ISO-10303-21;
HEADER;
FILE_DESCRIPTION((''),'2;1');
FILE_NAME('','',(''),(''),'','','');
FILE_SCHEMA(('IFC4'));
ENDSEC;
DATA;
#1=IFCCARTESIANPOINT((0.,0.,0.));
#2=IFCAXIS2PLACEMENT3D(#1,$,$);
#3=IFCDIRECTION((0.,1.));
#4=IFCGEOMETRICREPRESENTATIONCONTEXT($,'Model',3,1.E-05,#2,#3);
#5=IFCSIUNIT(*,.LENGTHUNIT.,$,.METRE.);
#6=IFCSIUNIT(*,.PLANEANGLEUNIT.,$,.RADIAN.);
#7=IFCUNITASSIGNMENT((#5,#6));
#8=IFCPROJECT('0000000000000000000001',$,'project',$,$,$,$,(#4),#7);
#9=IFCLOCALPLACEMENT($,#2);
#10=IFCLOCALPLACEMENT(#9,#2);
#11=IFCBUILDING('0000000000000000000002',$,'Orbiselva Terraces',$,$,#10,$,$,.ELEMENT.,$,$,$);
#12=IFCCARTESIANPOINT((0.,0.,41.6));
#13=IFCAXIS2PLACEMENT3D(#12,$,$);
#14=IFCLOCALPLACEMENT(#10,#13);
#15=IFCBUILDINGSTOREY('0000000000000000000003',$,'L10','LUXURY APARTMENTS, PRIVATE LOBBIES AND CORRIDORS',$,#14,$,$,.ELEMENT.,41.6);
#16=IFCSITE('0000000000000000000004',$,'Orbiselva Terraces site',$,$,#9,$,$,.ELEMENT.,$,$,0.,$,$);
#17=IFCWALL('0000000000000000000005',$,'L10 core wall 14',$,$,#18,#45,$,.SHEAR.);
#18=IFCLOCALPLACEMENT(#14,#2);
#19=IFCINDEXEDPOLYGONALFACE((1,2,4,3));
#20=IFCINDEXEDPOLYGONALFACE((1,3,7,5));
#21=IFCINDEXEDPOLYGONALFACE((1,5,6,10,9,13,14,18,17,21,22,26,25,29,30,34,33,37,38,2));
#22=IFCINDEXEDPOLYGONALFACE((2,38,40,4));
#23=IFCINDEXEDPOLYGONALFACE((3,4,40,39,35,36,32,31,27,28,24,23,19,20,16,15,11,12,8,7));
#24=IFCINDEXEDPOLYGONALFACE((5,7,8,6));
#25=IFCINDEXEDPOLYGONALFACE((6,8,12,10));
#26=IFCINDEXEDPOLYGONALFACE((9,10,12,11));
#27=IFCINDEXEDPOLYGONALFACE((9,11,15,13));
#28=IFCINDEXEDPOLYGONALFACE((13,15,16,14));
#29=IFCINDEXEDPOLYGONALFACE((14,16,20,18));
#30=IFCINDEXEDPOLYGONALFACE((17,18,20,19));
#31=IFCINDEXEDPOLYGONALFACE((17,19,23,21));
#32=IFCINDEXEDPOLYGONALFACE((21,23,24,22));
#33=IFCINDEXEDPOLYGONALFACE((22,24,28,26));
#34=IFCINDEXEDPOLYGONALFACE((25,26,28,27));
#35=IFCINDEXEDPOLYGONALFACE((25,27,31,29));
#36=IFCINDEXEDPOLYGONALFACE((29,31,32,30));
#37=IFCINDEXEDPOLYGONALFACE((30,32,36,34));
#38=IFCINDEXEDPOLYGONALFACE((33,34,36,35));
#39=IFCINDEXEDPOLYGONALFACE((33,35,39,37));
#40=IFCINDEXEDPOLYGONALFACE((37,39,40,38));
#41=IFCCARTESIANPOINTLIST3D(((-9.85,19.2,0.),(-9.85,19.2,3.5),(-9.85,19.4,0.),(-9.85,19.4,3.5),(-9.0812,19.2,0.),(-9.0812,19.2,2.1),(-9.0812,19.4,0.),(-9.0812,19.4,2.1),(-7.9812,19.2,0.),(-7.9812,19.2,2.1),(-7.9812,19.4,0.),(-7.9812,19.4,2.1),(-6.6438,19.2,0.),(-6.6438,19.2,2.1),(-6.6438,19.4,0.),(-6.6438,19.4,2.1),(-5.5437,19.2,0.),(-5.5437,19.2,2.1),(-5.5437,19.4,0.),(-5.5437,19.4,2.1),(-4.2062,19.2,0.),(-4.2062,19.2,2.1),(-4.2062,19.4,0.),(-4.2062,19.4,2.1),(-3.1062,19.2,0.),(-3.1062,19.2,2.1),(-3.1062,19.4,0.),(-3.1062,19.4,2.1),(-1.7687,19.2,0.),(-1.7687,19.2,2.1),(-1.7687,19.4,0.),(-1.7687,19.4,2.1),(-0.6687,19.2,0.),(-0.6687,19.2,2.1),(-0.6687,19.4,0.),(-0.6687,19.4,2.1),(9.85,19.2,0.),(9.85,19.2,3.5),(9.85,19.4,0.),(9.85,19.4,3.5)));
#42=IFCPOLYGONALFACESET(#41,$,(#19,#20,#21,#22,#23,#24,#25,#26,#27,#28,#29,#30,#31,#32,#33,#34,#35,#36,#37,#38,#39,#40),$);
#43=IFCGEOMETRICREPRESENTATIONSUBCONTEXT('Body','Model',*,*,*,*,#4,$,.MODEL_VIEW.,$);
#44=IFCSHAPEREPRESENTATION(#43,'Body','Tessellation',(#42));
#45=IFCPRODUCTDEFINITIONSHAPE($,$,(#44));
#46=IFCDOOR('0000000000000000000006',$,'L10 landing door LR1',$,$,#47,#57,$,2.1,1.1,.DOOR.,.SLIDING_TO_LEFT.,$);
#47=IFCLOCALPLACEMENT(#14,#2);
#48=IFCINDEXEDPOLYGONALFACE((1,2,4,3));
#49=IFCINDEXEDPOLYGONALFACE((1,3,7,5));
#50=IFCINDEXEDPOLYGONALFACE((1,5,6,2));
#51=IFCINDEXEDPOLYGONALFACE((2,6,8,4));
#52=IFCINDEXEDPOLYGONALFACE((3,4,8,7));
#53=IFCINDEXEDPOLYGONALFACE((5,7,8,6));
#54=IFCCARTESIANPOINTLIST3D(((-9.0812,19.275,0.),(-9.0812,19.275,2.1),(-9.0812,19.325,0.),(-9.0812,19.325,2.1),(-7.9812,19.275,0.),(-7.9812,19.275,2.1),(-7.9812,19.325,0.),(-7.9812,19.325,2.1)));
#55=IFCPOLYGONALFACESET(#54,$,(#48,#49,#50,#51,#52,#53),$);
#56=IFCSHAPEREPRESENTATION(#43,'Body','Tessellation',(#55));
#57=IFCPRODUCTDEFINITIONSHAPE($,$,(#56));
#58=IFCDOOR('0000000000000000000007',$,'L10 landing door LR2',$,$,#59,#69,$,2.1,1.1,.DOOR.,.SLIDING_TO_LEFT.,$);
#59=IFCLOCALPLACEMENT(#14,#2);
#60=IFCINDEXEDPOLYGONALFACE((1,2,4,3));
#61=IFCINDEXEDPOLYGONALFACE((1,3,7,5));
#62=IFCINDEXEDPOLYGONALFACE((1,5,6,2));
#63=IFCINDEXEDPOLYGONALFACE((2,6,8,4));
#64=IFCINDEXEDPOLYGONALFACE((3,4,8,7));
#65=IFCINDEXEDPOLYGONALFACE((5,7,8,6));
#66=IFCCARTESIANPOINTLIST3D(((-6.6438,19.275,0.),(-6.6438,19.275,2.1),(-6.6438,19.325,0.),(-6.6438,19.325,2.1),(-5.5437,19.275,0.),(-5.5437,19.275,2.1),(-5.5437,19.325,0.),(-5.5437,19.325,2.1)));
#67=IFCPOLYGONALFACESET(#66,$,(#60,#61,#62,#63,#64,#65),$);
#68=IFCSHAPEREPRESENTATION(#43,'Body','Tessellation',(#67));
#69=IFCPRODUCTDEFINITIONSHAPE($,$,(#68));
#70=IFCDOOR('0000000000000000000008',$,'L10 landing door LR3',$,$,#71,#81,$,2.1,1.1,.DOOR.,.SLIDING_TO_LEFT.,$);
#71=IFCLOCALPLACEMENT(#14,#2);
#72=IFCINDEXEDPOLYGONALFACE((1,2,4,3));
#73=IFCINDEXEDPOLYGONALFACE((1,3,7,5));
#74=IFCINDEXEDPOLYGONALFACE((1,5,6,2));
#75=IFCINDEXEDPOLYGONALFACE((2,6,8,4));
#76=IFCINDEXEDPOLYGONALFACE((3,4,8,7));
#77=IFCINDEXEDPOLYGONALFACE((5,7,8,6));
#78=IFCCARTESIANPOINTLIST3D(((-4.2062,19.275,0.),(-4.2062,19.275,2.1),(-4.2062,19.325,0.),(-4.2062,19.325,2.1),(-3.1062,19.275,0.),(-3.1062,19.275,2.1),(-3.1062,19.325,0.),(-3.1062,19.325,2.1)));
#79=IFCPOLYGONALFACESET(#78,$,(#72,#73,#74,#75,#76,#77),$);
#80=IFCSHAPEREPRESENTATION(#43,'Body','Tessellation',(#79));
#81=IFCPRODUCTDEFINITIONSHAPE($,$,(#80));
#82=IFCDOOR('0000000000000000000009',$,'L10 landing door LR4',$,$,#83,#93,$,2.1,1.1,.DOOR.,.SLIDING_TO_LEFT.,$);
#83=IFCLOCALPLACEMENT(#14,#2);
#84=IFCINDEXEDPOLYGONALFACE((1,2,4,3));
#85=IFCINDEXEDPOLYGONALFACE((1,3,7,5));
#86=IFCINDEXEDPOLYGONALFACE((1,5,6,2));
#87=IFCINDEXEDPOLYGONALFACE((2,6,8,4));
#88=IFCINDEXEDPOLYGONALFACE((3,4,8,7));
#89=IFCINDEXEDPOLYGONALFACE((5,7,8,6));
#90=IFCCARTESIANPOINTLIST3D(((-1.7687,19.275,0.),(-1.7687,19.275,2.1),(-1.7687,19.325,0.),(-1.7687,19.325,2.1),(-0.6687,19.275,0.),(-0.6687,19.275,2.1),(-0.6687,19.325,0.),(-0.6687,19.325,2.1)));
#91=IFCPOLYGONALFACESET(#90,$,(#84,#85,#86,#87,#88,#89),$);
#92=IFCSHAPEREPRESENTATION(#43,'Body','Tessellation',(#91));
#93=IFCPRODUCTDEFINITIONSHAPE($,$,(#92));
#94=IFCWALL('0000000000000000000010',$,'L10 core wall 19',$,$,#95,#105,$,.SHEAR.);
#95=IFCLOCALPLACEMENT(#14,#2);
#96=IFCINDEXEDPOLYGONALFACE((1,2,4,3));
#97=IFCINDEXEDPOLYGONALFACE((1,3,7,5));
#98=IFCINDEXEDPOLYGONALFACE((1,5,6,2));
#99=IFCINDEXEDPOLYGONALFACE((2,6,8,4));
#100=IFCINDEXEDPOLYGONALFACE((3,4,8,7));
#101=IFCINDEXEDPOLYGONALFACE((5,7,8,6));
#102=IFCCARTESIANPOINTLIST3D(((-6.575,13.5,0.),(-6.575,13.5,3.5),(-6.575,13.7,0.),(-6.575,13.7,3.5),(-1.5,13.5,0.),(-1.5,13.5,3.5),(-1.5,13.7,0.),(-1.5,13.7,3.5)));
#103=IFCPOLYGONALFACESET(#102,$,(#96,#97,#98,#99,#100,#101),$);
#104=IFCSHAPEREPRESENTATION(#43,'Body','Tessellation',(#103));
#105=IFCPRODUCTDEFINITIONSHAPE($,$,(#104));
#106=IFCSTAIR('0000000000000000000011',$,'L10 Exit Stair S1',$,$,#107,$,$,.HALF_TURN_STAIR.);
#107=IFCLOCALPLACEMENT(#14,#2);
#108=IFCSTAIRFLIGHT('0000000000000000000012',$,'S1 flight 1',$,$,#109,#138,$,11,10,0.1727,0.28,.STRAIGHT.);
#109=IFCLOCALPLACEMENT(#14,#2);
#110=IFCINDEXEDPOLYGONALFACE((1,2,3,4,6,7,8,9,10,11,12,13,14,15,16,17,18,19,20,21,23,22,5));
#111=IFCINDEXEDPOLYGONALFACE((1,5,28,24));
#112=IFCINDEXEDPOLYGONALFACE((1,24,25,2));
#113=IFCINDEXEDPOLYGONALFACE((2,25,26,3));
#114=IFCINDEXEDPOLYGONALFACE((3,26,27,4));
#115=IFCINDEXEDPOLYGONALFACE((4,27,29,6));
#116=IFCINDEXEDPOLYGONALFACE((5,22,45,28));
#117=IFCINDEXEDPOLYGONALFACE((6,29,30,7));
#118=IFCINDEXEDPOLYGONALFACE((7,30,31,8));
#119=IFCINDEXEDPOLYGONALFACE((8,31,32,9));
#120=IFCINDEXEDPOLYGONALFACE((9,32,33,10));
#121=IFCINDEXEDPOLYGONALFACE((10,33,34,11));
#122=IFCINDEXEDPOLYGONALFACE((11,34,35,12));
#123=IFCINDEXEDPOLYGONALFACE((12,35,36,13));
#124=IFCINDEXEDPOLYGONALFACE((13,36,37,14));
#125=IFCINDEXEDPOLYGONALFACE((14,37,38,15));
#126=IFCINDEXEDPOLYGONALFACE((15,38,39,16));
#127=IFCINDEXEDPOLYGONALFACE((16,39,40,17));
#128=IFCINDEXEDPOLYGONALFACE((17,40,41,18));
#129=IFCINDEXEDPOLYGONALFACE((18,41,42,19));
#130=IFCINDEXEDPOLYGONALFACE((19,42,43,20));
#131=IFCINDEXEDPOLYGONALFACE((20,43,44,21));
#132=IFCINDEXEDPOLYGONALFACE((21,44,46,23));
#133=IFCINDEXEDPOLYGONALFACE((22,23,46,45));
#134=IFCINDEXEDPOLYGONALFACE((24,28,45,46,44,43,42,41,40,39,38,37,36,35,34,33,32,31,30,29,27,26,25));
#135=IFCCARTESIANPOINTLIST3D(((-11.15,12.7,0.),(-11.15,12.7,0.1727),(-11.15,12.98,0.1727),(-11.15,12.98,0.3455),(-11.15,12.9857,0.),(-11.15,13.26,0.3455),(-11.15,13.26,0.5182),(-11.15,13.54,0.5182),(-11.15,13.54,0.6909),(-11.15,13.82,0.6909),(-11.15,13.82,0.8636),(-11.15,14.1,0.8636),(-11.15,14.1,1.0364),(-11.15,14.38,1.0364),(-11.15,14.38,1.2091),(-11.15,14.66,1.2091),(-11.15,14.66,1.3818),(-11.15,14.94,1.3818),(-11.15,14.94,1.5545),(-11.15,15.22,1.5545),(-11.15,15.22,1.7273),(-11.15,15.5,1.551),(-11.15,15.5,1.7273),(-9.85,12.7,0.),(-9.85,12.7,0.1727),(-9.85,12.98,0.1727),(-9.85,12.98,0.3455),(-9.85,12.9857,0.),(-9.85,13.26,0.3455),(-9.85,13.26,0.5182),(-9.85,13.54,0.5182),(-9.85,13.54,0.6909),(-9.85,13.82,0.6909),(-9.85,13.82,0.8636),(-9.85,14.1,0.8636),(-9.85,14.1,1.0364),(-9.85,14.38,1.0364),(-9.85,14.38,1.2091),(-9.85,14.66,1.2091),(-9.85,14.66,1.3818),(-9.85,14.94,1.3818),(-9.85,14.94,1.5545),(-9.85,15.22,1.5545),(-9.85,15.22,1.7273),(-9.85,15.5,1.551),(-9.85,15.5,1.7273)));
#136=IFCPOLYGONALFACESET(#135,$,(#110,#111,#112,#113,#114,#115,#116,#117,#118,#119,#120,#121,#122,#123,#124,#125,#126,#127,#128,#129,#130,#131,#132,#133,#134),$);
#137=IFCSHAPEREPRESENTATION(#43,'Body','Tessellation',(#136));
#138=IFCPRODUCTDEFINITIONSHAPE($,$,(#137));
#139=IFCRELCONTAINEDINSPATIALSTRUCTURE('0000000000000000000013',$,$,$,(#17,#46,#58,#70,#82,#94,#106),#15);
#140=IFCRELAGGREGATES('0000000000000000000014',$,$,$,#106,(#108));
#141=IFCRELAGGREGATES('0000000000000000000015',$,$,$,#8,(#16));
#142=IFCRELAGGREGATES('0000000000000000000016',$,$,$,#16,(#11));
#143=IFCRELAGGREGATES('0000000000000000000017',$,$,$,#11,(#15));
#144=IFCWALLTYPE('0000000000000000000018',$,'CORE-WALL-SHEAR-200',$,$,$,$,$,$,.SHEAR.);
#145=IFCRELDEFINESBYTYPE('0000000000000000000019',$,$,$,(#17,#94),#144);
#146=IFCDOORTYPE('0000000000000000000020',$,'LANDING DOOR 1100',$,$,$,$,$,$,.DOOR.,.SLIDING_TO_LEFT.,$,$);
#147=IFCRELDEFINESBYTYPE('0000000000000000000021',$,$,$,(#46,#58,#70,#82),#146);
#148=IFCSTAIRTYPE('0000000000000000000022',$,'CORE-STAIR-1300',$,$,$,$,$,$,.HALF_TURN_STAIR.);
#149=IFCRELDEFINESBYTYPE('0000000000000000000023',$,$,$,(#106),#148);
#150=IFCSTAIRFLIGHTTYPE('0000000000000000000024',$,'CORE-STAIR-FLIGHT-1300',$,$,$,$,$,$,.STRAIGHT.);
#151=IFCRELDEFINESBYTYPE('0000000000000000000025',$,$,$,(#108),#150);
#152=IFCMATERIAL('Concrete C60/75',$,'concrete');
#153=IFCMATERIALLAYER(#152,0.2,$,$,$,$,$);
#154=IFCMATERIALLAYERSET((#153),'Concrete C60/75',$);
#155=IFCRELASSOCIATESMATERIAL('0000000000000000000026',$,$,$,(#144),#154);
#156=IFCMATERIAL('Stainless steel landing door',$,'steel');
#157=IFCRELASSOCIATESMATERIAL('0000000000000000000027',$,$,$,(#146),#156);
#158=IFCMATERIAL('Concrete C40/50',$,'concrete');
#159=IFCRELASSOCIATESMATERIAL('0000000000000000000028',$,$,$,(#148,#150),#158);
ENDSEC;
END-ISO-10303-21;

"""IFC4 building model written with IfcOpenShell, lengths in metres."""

from ifc_helpers import new_model, si_unit, direction, frame, frame_2d, origin, place, context, subcontext, project, spatial, polyline, rectangle, outline, extrude, material, layer, layer_set, type_object, element, fill, aggregate, save


model = new_model("IFC4")

# Units and contexts
model_context = context("Model", 3, precision=1e-05, world=origin(), true_north=direction((0.0, 1.0)))
body_context = subcontext(model_context, "Body", "Model", "MODEL_VIEW")
ifc_project = project(units=[si_unit("LENGTHUNIT", "METRE"), si_unit("PLANEANGLEUNIT", "RADIAN")], contexts=[model_context])

# Site, building, storey
site_placement = place(None, origin())
site = spatial("IfcSite", under=ifc_project, at=site_placement, Name="Orbiselva Terraces site", CompositionType="ELEMENT", RefElevation=0.0)
building_placement = place(site_placement, origin())
building = spatial("IfcBuilding", under=site, at=building_placement, Name="Orbiselva Terraces", CompositionType="ELEMENT")
storey_placement = place(building_placement, frame((0.0, 0.0, 41.6)))
storey = spatial("IfcBuildingStorey", under=building, at=storey_placement, Name="L10", Description="LUXURY APARTMENTS, PRIVATE LOBBIES AND CORRIDORS", CompositionType="ELEMENT", Elevation=41.6)

# Shared definitions
ifc_material_1 = material(Name="Concrete C40/50", Category="concrete")
ifc_material_2 = material(Name="Concrete C60/75", Category="concrete")
ifc_layer_1 = layer(ifc_material_2, 0.2)
ifc_layer_set_1 = layer_set([ifc_layer_1], Name="Concrete C60/75")
wall_type_1 = type_object("IfcWallType", Name="CORE-WALL-SHEAR-200", PredefinedType="SHEAR", material=ifc_layer_set_1)

# Wall, openings, doors
wall_1_placement = place(storey_placement, frame((-9.85, 19.3, 0.0), z_axis=(0.0, 0.0, 1.0), x_axis=(1.0, 0.0, 0.0)))
wall_1 = element("IfcWall", 1, at=wall_1_placement, inside=storey, type_object=wall_type_1, Name="L10 core wall 14", PredefinedType="SHEAR", context=body_context, shape_type="SweptSolid", body=[
    extrude(rectangle(XDim=19.7, YDim=0.2, at=frame_2d((9.85, 0.0))), origin(), (0.0, 0.0, 1.0), 3.5),
])
opening_1_placement = place(wall_1_placement, frame((0.7688, 0.0, 0.0)))
opening_1 = element("IfcOpeningElement", 2, at=opening_1_placement, cuts=wall_1, PredefinedType="OPENING", context=body_context, shape_type="SweptSolid", body=[
    extrude(rectangle(XDim=1.1, YDim=2.1, at=frame_2d((0.55, 1.05))), frame((0.0, 0.11, 0.0), z_axis=(0.0, -1.0, 0.0), x_axis=(1.0, 0.0, 0.0)), (0.0, 0.0, 1.0), 0.22),
])
opening_2_placement = place(wall_1_placement, frame((3.2062, 0.0, 0.0)))
opening_2 = element("IfcOpeningElement", 3, at=opening_2_placement, cuts=wall_1, PredefinedType="OPENING", context=body_context, shape_type="SweptSolid", body=[
    extrude(rectangle(XDim=1.1, YDim=2.1, at=frame_2d((0.55, 1.05))), frame((0.0, 0.11, 0.0), z_axis=(0.0, -1.0, 0.0), x_axis=(1.0, 0.0, 0.0)), (0.0, 0.0, 1.0), 0.22),
])
opening_3_placement = place(wall_1_placement, frame((5.6437, 0.0, 0.0)))
opening_3 = element("IfcOpeningElement", 4, at=opening_3_placement, cuts=wall_1, PredefinedType="OPENING", context=body_context, shape_type="SweptSolid", body=[
    extrude(rectangle(XDim=1.1, YDim=2.1, at=frame_2d((0.55, 1.05))), frame((0.0, 0.11, 0.0), z_axis=(0.0, -1.0, 0.0), x_axis=(1.0, 0.0, 0.0)), (0.0, 0.0, 1.0), 0.22),
])
opening_4_placement = place(wall_1_placement, frame((8.0813, 0.0, 0.0)))
opening_4 = element("IfcOpeningElement", 5, at=opening_4_placement, cuts=wall_1, PredefinedType="OPENING", context=body_context, shape_type="SweptSolid", body=[
    extrude(rectangle(XDim=1.1, YDim=2.1, at=frame_2d((0.55, 1.05))), frame((0.0, 0.11, 0.0), z_axis=(0.0, -1.0, 0.0), x_axis=(1.0, 0.0, 0.0)), (0.0, 0.0, 1.0), 0.22),
])
ifc_material_3 = material(Name="Stainless steel landing door", Category="steel")
door_type_1 = type_object("IfcDoorType", Name="LANDING DOOR 1100", OperationType="SLIDING_TO_LEFT", PredefinedType="DOOR", material=ifc_material_3)
door_1_placement = place(opening_1_placement, origin())
door_1 = element("IfcDoor", 6, at=door_1_placement, inside=storey, type_object=door_type_1, Name="L10 landing door LR1", OperationType="SLIDING_TO_LEFT", OverallHeight=2.1, OverallWidth=1.1, PredefinedType="DOOR", context=body_context, shape_type="SweptSolid", body=[
    extrude(rectangle(XDim=1.1, YDim=2.1, at=frame_2d((0.55, 1.05))), frame((0.0, 0.025, 0.0), z_axis=(0.0, -1.0, 0.0), x_axis=(1.0, 0.0, 0.0)), (0.0, 0.0, 1.0), 0.05),
])
fill(opening_1, door_1)
door_2_placement = place(opening_2_placement, origin())
door_2 = element("IfcDoor", 7, at=door_2_placement, inside=storey, type_object=door_type_1, Name="L10 landing door LR2", OperationType="SLIDING_TO_LEFT", OverallHeight=2.1, OverallWidth=1.1, PredefinedType="DOOR", context=body_context, shape_type="SweptSolid", body=[
    extrude(rectangle(XDim=1.1, YDim=2.1, at=frame_2d((0.55, 1.05))), frame((0.0, 0.025, 0.0), z_axis=(0.0, -1.0, 0.0), x_axis=(1.0, 0.0, 0.0)), (0.0, 0.0, 1.0), 0.05),
])
fill(opening_2, door_2)
door_3_placement = place(opening_3_placement, origin())
door_3 = element("IfcDoor", 8, at=door_3_placement, inside=storey, type_object=door_type_1, Name="L10 landing door LR3", OperationType="SLIDING_TO_LEFT", OverallHeight=2.1, OverallWidth=1.1, PredefinedType="DOOR", context=body_context, shape_type="SweptSolid", body=[
    extrude(rectangle(XDim=1.1, YDim=2.1, at=frame_2d((0.55, 1.05))), frame((0.0, 0.025, 0.0), z_axis=(0.0, -1.0, 0.0), x_axis=(1.0, 0.0, 0.0)), (0.0, 0.0, 1.0), 0.05),
])
fill(opening_3, door_3)
door_4_placement = place(opening_4_placement, origin())
door_4 = element("IfcDoor", 9, at=door_4_placement, inside=storey, type_object=door_type_1, Name="L10 landing door LR4", OperationType="SLIDING_TO_LEFT", OverallHeight=2.1, OverallWidth=1.1, PredefinedType="DOOR", context=body_context, shape_type="SweptSolid", body=[
    extrude(rectangle(XDim=1.1, YDim=2.1, at=frame_2d((0.55, 1.05))), frame((0.0, 0.025, 0.0), z_axis=(0.0, -1.0, 0.0), x_axis=(1.0, 0.0, 0.0)), (0.0, 0.0, 1.0), 0.05),
])
fill(opening_4, door_4)

# Wall
wall_2_placement = place(storey_placement, frame((-6.575, 13.6, 0.0), z_axis=(0.0, 0.0, 1.0), x_axis=(1.0, 0.0, 0.0)))
element("IfcWall", 10, at=wall_2_placement, inside=storey, type_object=wall_type_1, Name="L10 core wall 19", PredefinedType="SHEAR", context=body_context, shape_type="SweptSolid", body=[
    extrude(rectangle(XDim=5.075, YDim=0.2, at=frame_2d((2.5375, 0.0))), origin(), (0.0, 0.0, 1.0), 3.5),
])

# Stair, stair flight
stair_type = type_object("IfcStairType", Name="CORE-STAIR-1300", PredefinedType="HALF_TURN_STAIR", material=ifc_material_1)
stair_placement = place(storey_placement, origin())
stair = element("IfcStair", 11, at=stair_placement, inside=storey, type_object=stair_type, Name="L10 Exit Stair S1", PredefinedType="HALF_TURN_STAIR")
stair_flight_type = type_object("IfcStairFlightType", Name="CORE-STAIR-FLIGHT-1300", PredefinedType="STRAIGHT", material=ifc_material_1)
stair_flight_placement = place(storey_placement, frame((-10.5, 12.7, 0.0), z_axis=(0.0, 0.0, 1.0), x_axis=(0.0, 1.0, 0.0)))
stair_flight = element("IfcStairFlight", 12, at=stair_flight_placement, type_object=stair_flight_type, Name="S1 flight 1", NumberOfRisers=11, NumberOfTreads=10, PredefinedType="STRAIGHT", RiserHeight=0.1727, TreadLength=0.28, context=body_context, shape_type="SweptSolid", body=[
    extrude(outline(polyline([(0.0, 0.0), (0.0, 0.1727), (0.28, 0.1727), (0.28, 0.3455), (0.56, 0.3455), (0.56, 0.5182), (0.84, 0.5182), (0.84, 0.6909), (1.12, 0.6909), (1.12, 0.8636), (1.4, 0.8636), (1.4, 1.0364), (1.68, 1.0364), (1.68, 1.2091), (1.96, 1.2091), (1.96, 1.3818), (2.24, 1.3818), (2.24, 1.5545), (2.52, 1.5545), (2.52, 1.7273), (2.8, 1.7273), (2.8, 1.9), (2.8, 1.551), (0.2857, 0.0), (0.0, 0.0)])), frame((0.0, 0.65, 0.0), z_axis=(0.0, -1.0, 0.0), x_axis=(1.0, 0.0, 0.0)), (0.0, 0.0, 1.0), 1.3),
])
aggregate(stair, [stair_flight])

save(model, "model.ifc")
